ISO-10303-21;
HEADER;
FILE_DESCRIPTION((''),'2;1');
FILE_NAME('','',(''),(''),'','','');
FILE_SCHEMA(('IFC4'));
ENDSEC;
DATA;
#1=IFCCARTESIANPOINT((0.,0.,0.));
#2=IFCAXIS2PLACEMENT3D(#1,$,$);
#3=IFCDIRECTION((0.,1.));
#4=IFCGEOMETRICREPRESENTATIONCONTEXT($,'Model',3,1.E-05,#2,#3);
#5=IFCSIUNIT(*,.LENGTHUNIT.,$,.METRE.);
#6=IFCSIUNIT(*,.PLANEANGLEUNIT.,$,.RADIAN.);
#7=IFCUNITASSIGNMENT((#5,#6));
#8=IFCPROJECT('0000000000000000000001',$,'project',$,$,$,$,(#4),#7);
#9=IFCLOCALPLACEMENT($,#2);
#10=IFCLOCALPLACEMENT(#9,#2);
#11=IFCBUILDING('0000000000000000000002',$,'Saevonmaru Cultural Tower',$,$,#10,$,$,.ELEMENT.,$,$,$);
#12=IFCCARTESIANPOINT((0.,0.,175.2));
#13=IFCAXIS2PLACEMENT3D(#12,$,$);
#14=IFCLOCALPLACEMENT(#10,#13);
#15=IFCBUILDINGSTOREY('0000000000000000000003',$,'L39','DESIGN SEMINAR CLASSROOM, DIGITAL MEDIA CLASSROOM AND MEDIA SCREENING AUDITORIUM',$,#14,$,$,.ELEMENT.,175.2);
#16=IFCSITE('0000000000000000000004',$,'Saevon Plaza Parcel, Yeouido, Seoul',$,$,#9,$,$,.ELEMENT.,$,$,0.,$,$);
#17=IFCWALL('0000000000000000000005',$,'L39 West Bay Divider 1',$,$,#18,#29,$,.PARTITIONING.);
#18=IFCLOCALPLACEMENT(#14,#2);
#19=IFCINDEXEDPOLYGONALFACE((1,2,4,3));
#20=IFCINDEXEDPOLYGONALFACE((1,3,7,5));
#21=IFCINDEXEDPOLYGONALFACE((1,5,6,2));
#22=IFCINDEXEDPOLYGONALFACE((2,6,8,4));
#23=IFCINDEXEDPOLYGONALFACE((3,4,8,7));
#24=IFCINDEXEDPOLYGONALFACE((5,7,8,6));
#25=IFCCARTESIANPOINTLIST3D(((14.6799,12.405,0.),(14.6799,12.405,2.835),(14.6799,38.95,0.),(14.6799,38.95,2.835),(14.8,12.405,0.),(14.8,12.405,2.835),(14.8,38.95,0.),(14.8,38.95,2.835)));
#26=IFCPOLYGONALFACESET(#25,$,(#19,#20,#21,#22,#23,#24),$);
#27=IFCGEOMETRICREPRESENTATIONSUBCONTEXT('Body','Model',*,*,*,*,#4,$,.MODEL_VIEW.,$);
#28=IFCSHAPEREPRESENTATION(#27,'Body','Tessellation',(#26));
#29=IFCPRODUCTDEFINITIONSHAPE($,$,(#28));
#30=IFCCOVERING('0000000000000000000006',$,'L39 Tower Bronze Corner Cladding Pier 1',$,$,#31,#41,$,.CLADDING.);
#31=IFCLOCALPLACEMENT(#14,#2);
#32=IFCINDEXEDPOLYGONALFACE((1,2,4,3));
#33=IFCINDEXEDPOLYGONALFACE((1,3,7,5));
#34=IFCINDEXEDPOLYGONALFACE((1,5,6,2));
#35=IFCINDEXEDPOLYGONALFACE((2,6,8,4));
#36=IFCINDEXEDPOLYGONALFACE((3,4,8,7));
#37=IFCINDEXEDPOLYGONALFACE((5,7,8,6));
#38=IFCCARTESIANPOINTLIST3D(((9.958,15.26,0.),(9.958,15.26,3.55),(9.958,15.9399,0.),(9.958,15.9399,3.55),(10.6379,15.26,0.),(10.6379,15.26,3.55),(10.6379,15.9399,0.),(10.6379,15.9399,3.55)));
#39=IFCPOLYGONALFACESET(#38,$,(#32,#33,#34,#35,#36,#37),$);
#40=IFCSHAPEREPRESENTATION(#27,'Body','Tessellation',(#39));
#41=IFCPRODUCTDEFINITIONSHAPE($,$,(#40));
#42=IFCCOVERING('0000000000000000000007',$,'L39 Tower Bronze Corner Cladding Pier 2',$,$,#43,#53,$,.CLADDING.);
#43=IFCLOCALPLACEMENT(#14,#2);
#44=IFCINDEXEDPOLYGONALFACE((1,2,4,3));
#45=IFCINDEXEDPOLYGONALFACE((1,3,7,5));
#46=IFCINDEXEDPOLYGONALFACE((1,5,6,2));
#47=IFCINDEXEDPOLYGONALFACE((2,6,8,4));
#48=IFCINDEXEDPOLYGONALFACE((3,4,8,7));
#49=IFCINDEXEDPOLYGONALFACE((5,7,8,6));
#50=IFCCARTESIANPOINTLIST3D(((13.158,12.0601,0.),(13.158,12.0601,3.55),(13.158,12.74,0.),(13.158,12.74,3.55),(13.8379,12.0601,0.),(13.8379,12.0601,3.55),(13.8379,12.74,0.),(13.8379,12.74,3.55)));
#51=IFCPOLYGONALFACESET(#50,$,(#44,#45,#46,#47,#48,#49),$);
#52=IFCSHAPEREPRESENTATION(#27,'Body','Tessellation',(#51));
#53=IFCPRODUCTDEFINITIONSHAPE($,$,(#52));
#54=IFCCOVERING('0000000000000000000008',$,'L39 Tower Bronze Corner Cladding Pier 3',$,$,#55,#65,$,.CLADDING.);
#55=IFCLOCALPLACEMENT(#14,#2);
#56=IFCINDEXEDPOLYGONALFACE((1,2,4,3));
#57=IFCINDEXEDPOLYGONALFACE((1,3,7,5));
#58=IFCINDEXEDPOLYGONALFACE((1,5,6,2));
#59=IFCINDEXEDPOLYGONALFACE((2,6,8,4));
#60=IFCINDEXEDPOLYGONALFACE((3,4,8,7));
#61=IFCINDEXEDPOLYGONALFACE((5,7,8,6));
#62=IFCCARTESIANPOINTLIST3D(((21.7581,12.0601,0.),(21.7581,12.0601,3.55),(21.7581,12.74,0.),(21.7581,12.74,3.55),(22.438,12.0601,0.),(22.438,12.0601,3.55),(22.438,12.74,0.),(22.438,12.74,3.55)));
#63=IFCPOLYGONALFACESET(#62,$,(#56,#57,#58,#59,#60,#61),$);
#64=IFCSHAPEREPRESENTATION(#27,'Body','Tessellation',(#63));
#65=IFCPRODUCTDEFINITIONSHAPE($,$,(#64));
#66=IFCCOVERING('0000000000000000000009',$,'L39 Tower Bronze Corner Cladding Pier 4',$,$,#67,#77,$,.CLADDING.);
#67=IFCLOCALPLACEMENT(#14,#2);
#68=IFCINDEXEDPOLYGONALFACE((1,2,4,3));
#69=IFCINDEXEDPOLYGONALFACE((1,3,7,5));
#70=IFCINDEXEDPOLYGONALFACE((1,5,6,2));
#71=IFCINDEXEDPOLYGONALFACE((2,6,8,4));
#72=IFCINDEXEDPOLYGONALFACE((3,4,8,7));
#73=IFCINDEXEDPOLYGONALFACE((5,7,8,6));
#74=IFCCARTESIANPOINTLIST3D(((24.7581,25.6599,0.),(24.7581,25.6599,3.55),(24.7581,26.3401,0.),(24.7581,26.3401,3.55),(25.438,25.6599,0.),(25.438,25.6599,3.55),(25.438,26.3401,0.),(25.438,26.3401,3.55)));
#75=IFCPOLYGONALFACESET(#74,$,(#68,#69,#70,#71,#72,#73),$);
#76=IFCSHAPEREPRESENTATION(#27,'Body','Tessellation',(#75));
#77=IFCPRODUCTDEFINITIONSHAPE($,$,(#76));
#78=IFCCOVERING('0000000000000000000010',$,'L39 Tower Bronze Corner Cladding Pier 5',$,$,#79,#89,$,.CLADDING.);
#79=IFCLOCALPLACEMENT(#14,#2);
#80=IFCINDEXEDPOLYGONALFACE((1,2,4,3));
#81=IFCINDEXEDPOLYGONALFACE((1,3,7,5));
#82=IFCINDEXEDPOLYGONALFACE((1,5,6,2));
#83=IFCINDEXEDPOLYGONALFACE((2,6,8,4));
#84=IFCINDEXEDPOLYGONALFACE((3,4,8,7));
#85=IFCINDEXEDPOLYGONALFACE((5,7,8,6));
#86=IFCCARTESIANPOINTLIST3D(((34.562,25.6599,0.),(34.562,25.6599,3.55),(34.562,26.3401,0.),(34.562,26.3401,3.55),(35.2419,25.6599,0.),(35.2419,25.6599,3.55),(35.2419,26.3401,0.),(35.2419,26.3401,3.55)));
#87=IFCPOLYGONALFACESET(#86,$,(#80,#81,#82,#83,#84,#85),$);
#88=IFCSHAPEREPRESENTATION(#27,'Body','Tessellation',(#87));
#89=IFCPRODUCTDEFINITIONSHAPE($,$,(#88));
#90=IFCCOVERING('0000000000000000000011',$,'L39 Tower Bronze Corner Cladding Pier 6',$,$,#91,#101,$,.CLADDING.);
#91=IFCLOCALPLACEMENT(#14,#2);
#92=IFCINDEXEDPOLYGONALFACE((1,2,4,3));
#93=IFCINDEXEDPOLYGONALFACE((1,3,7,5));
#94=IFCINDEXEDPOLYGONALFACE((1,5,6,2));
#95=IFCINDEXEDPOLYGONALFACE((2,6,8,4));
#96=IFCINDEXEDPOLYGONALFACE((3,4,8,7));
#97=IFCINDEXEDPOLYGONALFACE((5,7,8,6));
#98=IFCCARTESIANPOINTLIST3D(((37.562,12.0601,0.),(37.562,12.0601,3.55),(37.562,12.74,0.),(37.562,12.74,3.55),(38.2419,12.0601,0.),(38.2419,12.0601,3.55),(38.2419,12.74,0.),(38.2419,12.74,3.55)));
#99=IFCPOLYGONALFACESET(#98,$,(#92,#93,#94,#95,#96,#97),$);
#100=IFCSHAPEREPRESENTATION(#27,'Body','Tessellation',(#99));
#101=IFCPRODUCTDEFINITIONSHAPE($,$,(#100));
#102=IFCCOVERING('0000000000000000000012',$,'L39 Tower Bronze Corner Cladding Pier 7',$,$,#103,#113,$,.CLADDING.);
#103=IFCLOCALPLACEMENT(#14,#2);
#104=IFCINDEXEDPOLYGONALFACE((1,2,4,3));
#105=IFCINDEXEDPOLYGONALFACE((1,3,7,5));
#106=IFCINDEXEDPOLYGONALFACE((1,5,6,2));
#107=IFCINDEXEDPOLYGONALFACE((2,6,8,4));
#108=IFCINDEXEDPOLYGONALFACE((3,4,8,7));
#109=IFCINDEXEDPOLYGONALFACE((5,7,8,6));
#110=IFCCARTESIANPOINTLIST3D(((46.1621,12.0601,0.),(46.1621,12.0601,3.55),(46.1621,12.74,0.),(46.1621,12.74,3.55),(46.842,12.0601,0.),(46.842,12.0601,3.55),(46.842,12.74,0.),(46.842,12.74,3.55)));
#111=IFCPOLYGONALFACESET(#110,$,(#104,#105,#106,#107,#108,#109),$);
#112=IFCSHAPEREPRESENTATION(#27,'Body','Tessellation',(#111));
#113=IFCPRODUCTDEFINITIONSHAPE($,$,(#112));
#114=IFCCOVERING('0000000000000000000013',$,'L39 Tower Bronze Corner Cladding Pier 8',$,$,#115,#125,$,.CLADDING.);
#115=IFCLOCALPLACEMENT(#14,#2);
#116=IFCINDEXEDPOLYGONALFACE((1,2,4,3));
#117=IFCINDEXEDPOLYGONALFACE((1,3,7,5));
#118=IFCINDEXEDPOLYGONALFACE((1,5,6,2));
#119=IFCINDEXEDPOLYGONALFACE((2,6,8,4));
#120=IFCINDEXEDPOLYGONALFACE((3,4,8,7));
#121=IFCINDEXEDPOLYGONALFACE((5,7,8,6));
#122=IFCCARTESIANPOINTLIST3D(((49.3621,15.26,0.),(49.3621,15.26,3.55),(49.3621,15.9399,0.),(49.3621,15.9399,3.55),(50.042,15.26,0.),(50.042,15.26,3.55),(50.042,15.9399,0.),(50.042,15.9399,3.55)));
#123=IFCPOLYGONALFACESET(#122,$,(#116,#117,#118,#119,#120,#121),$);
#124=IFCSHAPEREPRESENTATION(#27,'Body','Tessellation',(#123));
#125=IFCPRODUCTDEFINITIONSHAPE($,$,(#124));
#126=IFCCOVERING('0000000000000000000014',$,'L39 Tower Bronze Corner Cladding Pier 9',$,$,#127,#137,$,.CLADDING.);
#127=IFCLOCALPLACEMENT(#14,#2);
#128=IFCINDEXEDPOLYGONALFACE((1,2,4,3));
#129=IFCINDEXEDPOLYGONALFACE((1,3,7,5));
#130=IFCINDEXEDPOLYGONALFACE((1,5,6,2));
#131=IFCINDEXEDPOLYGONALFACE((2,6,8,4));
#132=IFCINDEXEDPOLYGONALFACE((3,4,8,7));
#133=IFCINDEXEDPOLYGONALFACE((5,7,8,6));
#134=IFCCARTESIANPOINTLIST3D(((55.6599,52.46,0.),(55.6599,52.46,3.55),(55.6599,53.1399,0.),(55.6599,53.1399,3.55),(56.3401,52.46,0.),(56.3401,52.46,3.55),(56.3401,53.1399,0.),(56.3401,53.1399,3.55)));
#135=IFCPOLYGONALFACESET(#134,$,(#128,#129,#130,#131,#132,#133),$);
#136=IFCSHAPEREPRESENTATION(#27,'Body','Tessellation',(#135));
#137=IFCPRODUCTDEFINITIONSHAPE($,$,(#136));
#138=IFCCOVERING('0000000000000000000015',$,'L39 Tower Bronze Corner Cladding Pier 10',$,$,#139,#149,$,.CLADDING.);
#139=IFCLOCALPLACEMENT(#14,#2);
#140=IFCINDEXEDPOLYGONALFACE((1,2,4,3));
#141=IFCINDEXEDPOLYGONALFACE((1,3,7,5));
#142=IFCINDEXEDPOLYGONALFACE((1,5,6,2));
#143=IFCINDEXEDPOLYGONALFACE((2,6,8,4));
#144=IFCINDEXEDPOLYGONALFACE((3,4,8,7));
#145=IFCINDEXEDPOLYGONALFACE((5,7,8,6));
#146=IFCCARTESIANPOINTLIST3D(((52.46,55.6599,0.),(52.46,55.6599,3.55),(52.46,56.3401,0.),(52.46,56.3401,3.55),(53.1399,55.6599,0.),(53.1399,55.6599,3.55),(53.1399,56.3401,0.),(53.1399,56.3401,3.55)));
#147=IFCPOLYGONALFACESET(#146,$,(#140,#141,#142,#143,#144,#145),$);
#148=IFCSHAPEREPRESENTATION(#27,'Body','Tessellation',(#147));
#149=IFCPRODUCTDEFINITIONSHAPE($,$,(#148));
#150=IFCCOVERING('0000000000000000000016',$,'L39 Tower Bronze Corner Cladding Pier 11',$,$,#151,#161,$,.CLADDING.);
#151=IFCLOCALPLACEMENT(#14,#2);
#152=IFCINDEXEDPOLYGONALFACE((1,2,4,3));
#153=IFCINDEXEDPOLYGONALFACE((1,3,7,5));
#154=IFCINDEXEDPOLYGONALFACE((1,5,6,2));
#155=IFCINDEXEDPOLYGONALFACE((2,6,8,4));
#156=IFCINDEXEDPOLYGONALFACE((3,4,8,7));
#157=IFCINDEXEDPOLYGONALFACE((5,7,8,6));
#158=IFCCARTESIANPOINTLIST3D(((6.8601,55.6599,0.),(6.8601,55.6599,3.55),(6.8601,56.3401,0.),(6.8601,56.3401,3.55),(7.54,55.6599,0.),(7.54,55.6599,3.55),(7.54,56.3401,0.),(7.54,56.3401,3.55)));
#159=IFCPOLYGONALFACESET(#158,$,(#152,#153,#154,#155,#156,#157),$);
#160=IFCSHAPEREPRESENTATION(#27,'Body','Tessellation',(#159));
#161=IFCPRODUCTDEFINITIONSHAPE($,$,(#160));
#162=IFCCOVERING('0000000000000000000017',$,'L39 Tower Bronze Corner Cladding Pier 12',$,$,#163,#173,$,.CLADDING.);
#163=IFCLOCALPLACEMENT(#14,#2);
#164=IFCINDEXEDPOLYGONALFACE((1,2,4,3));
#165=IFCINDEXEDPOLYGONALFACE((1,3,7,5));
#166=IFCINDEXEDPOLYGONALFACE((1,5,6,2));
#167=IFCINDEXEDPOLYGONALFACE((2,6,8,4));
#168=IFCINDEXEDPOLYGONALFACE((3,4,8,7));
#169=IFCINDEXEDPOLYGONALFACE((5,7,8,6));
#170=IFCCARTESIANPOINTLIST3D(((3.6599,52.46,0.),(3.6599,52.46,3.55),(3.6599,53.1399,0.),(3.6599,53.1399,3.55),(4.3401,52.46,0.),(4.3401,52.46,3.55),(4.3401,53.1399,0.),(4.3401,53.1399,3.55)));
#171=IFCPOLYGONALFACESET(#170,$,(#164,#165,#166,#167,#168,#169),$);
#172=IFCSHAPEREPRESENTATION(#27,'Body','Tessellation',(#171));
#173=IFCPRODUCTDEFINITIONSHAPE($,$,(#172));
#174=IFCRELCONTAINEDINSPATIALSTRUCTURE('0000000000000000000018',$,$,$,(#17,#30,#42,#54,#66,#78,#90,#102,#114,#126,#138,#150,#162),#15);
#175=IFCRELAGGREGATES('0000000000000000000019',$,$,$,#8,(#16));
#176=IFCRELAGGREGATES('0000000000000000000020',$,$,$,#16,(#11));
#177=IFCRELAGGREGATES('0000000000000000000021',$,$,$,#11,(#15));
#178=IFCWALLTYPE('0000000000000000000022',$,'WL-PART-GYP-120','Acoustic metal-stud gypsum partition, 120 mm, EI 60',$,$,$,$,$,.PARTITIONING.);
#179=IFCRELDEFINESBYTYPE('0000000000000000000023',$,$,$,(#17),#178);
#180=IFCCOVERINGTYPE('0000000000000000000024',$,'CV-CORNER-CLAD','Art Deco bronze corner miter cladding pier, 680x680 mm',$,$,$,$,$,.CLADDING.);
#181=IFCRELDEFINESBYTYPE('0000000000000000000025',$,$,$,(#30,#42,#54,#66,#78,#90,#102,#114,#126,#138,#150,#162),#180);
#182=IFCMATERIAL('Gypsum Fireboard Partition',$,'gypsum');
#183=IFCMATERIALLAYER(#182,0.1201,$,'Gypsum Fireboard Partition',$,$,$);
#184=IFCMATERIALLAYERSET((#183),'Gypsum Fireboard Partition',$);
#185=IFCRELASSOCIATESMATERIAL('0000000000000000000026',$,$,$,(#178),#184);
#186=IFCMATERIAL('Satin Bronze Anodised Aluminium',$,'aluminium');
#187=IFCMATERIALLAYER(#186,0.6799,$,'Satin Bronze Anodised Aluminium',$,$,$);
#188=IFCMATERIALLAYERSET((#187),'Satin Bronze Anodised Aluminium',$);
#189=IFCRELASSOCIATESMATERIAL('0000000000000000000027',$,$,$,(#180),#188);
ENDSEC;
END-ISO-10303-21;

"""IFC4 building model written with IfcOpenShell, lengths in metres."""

from ifc_helpers import new_model, si_unit, direction, frame, frame_2d, origin, place, context, subcontext, project, spatial, polyline, rectangle, outline, extrude, material, layer, layer_set, type_object, element, save


model = new_model("IFC4")

# Units and contexts
model_context = context("Model", 3, precision=1e-05, world=origin(), true_north=direction((0.0, 1.0)))
body_context = subcontext(model_context, "Body", "Model", "MODEL_VIEW")
ifc_project = project(units=[si_unit("LENGTHUNIT", "METRE"), si_unit("PLANEANGLEUNIT", "RADIAN")], contexts=[model_context])

# Site, building, storey
site_placement = place(None, origin())
site = spatial("IfcSite", under=ifc_project, at=site_placement, Name="Saevon Plaza Parcel, Yeouido, Seoul", CompositionType="ELEMENT", RefElevation=0.0)
building_placement = place(site_placement, origin())
building = spatial("IfcBuilding", under=site, at=building_placement, Name="Saevonmaru Cultural Tower", CompositionType="ELEMENT")
storey_placement = place(building_placement, frame((0.0, 0.0, 175.2)))
storey = spatial("IfcBuildingStorey", under=building, at=storey_placement, Name="L39", Description="DESIGN SEMINAR CLASSROOM, DIGITAL MEDIA CLASSROOM AND MEDIA SCREENING AUDITORIUM", CompositionType="ELEMENT", Elevation=175.2)

# Shared definitions
ifc_material_1 = material(Name="Satin Bronze Anodised Aluminium", Category="aluminium")

# Wall
ifc_material_2 = material(Name="Gypsum Fireboard Partition", Category="gypsum")
ifc_layer_1 = layer(ifc_material_2, 0.1201, Name="Gypsum Fireboard Partition")
ifc_layer_set_1 = layer_set([ifc_layer_1], Name="Gypsum Fireboard Partition")
wall_type_1 = type_object("IfcWallType", Name="WL-PART-GYP-120", Description="Acoustic metal-stud gypsum partition, 120 mm, EI 60", PredefinedType="PARTITIONING", material=ifc_layer_set_1)
wall_1_placement = place(storey_placement, frame((14.74, 12.405, 0.0), z_axis=(0.0, 0.0, 1.0), x_axis=(0.0, 1.0, 0.0)))
element("IfcWall", 1, at=wall_1_placement, inside=storey, type_object=wall_type_1, Name="L39 West Bay Divider 1", PredefinedType="PARTITIONING", context=body_context, shape_type="SweptSolid", body=[
    extrude(rectangle(XDim=26.5449, YDim=0.1201, at=frame_2d((13.2725, 0.0))), origin(), (0.0, 0.0, 1.0), 2.835),
])

# Coverings
ifc_layer_2 = layer(ifc_material_1, 0.6799, Name="Satin Bronze Anodised Aluminium")
ifc_layer_set_2 = layer_set([ifc_layer_2], Name="Satin Bronze Anodised Aluminium")
covering_type = type_object("IfcCoveringType", Name="CV-CORNER-CLAD", Description="Art Deco bronze corner miter cladding pier, 680x680 mm", PredefinedType="CLADDING", material=ifc_layer_set_2)
covering_1_placement = place(storey_placement, origin())
element("IfcCovering", 2, at=covering_1_placement, inside=storey, type_object=covering_type, Name="L39 Tower Bronze Corner Cladding Pier 1", PredefinedType="CLADDING", context=body_context, shape_type="SweptSolid", body=[
    extrude(outline(polyline([(9.958, 15.26), (10.6379, 15.26), (10.6379, 15.9399), (9.958, 15.9399), (9.958, 15.26)])), origin(), (0.0, 0.0, 1.0), 3.55),
])
covering_2_placement = place(storey_placement, origin())
element("IfcCovering", 3, at=covering_2_placement, inside=storey, type_object=covering_type, Name="L39 Tower Bronze Corner Cladding Pier 2", PredefinedType="CLADDING", context=body_context, shape_type="SweptSolid", body=[
    extrude(outline(polyline([(13.158, 12.0601), (13.8379, 12.0601), (13.8379, 12.74), (13.158, 12.74), (13.158, 12.0601)])), origin(), (0.0, 0.0, 1.0), 3.55),
])
covering_3_placement = place(storey_placement, origin())
element("IfcCovering", 4, at=covering_3_placement, inside=storey, type_object=covering_type, Name="L39 Tower Bronze Corner Cladding Pier 3", PredefinedType="CLADDING", context=body_context, shape_type="SweptSolid", body=[
    extrude(outline(polyline([(21.7581, 12.0601), (22.438, 12.0601), (22.438, 12.74), (21.7581, 12.74), (21.7581, 12.0601)])), origin(), (0.0, 0.0, 1.0), 3.55),
])
covering_4_placement = place(storey_placement, origin())
element("IfcCovering", 5, at=covering_4_placement, inside=storey, type_object=covering_type, Name="L39 Tower Bronze Corner Cladding Pier 4", PredefinedType="CLADDING", context=body_context, shape_type="SweptSolid", body=[
    extrude(outline(polyline([(24.7581, 25.6599), (25.438, 25.6599), (25.438, 26.3401), (24.7581, 26.3401), (24.7581, 25.6599)])), origin(), (0.0, 0.0, 1.0), 3.55),
])
covering_5_placement = place(storey_placement, origin())
element("IfcCovering", 6, at=covering_5_placement, inside=storey, type_object=covering_type, Name="L39 Tower Bronze Corner Cladding Pier 5", PredefinedType="CLADDING", context=body_context, shape_type="SweptSolid", body=[
    extrude(outline(polyline([(34.562, 25.6599), (35.2419, 25.6599), (35.2419, 26.3401), (34.562, 26.3401), (34.562, 25.6599)])), origin(), (0.0, 0.0, 1.0), 3.55),
])
covering_6_placement = place(storey_placement, origin())
element("IfcCovering", 7, at=covering_6_placement, inside=storey, type_object=covering_type, Name="L39 Tower Bronze Corner Cladding Pier 6", PredefinedType="CLADDING", context=body_context, shape_type="SweptSolid", body=[
    extrude(outline(polyline([(37.562, 12.0601), (38.2419, 12.0601), (38.2419, 12.74), (37.562, 12.74), (37.562, 12.0601)])), origin(), (0.0, 0.0, 1.0), 3.55),
])
covering_7_placement = place(storey_placement, origin())
element("IfcCovering", 8, at=covering_7_placement, inside=storey, type_object=covering_type, Name="L39 Tower Bronze Corner Cladding Pier 7", PredefinedType="CLADDING", context=body_context, shape_type="SweptSolid", body=[
    extrude(outline(polyline([(46.1621, 12.0601), (46.842, 12.0601), (46.842, 12.74), (46.1621, 12.74), (46.1621, 12.0601)])), origin(), (0.0, 0.0, 1.0), 3.55),
])
covering_8_placement = place(storey_placement, origin())
element("IfcCovering", 9, at=covering_8_placement, inside=storey, type_object=covering_type, Name="L39 Tower Bronze Corner Cladding Pier 8", PredefinedType="CLADDING", context=body_context, shape_type="SweptSolid", body=[
    extrude(outline(polyline([(49.3621, 15.26), (50.042, 15.26), (50.042, 15.9399), (49.3621, 15.9399), (49.3621, 15.26)])), origin(), (0.0, 0.0, 1.0), 3.55),
])
covering_9_placement = place(storey_placement, origin())
element("IfcCovering", 10, at=covering_9_placement, inside=storey, type_object=covering_type, Name="L39 Tower Bronze Corner Cladding Pier 9", PredefinedType="CLADDING", context=body_context, shape_type="SweptSolid", body=[
    extrude(outline(polyline([(55.6599, 52.46), (56.3401, 52.46), (56.3401, 53.1399), (55.6599, 53.1399), (55.6599, 52.46)])), origin(), (0.0, 0.0, 1.0), 3.55),
])
covering_10_placement = place(storey_placement, origin())
element("IfcCovering", 11, at=covering_10_placement, inside=storey, type_object=covering_type, Name="L39 Tower Bronze Corner Cladding Pier 10", PredefinedType="CLADDING", context=body_context, shape_type="SweptSolid", body=[
    extrude(outline(polyline([(52.46, 55.6599), (53.1399, 55.6599), (53.1399, 56.3401), (52.46, 56.3401), (52.46, 55.6599)])), origin(), (0.0, 0.0, 1.0), 3.55),
])
covering_11_placement = place(storey_placement, origin())
element("IfcCovering", 12, at=covering_11_placement, inside=storey, type_object=covering_type, Name="L39 Tower Bronze Corner Cladding Pier 11", PredefinedType="CLADDING", context=body_context, shape_type="SweptSolid", body=[
    extrude(outline(polyline([(6.8601, 55.6599), (7.54, 55.6599), (7.54, 56.3401), (6.8601, 56.3401), (6.8601, 55.6599)])), origin(), (0.0, 0.0, 1.0), 3.55),
])
covering_12_placement = place(storey_placement, origin())
element("IfcCovering", 13, at=covering_12_placement, inside=storey, type_object=covering_type, Name="L39 Tower Bronze Corner Cladding Pier 12", PredefinedType="CLADDING", context=body_context, shape_type="SweptSolid", body=[
    extrude(outline(polyline([(3.6599, 52.46), (4.3401, 52.46), (4.3401, 53.1399), (3.6599, 53.1399), (3.6599, 52.46)])), origin(), (0.0, 0.0, 1.0), 3.55),
])

save(model, "model.ifc")
